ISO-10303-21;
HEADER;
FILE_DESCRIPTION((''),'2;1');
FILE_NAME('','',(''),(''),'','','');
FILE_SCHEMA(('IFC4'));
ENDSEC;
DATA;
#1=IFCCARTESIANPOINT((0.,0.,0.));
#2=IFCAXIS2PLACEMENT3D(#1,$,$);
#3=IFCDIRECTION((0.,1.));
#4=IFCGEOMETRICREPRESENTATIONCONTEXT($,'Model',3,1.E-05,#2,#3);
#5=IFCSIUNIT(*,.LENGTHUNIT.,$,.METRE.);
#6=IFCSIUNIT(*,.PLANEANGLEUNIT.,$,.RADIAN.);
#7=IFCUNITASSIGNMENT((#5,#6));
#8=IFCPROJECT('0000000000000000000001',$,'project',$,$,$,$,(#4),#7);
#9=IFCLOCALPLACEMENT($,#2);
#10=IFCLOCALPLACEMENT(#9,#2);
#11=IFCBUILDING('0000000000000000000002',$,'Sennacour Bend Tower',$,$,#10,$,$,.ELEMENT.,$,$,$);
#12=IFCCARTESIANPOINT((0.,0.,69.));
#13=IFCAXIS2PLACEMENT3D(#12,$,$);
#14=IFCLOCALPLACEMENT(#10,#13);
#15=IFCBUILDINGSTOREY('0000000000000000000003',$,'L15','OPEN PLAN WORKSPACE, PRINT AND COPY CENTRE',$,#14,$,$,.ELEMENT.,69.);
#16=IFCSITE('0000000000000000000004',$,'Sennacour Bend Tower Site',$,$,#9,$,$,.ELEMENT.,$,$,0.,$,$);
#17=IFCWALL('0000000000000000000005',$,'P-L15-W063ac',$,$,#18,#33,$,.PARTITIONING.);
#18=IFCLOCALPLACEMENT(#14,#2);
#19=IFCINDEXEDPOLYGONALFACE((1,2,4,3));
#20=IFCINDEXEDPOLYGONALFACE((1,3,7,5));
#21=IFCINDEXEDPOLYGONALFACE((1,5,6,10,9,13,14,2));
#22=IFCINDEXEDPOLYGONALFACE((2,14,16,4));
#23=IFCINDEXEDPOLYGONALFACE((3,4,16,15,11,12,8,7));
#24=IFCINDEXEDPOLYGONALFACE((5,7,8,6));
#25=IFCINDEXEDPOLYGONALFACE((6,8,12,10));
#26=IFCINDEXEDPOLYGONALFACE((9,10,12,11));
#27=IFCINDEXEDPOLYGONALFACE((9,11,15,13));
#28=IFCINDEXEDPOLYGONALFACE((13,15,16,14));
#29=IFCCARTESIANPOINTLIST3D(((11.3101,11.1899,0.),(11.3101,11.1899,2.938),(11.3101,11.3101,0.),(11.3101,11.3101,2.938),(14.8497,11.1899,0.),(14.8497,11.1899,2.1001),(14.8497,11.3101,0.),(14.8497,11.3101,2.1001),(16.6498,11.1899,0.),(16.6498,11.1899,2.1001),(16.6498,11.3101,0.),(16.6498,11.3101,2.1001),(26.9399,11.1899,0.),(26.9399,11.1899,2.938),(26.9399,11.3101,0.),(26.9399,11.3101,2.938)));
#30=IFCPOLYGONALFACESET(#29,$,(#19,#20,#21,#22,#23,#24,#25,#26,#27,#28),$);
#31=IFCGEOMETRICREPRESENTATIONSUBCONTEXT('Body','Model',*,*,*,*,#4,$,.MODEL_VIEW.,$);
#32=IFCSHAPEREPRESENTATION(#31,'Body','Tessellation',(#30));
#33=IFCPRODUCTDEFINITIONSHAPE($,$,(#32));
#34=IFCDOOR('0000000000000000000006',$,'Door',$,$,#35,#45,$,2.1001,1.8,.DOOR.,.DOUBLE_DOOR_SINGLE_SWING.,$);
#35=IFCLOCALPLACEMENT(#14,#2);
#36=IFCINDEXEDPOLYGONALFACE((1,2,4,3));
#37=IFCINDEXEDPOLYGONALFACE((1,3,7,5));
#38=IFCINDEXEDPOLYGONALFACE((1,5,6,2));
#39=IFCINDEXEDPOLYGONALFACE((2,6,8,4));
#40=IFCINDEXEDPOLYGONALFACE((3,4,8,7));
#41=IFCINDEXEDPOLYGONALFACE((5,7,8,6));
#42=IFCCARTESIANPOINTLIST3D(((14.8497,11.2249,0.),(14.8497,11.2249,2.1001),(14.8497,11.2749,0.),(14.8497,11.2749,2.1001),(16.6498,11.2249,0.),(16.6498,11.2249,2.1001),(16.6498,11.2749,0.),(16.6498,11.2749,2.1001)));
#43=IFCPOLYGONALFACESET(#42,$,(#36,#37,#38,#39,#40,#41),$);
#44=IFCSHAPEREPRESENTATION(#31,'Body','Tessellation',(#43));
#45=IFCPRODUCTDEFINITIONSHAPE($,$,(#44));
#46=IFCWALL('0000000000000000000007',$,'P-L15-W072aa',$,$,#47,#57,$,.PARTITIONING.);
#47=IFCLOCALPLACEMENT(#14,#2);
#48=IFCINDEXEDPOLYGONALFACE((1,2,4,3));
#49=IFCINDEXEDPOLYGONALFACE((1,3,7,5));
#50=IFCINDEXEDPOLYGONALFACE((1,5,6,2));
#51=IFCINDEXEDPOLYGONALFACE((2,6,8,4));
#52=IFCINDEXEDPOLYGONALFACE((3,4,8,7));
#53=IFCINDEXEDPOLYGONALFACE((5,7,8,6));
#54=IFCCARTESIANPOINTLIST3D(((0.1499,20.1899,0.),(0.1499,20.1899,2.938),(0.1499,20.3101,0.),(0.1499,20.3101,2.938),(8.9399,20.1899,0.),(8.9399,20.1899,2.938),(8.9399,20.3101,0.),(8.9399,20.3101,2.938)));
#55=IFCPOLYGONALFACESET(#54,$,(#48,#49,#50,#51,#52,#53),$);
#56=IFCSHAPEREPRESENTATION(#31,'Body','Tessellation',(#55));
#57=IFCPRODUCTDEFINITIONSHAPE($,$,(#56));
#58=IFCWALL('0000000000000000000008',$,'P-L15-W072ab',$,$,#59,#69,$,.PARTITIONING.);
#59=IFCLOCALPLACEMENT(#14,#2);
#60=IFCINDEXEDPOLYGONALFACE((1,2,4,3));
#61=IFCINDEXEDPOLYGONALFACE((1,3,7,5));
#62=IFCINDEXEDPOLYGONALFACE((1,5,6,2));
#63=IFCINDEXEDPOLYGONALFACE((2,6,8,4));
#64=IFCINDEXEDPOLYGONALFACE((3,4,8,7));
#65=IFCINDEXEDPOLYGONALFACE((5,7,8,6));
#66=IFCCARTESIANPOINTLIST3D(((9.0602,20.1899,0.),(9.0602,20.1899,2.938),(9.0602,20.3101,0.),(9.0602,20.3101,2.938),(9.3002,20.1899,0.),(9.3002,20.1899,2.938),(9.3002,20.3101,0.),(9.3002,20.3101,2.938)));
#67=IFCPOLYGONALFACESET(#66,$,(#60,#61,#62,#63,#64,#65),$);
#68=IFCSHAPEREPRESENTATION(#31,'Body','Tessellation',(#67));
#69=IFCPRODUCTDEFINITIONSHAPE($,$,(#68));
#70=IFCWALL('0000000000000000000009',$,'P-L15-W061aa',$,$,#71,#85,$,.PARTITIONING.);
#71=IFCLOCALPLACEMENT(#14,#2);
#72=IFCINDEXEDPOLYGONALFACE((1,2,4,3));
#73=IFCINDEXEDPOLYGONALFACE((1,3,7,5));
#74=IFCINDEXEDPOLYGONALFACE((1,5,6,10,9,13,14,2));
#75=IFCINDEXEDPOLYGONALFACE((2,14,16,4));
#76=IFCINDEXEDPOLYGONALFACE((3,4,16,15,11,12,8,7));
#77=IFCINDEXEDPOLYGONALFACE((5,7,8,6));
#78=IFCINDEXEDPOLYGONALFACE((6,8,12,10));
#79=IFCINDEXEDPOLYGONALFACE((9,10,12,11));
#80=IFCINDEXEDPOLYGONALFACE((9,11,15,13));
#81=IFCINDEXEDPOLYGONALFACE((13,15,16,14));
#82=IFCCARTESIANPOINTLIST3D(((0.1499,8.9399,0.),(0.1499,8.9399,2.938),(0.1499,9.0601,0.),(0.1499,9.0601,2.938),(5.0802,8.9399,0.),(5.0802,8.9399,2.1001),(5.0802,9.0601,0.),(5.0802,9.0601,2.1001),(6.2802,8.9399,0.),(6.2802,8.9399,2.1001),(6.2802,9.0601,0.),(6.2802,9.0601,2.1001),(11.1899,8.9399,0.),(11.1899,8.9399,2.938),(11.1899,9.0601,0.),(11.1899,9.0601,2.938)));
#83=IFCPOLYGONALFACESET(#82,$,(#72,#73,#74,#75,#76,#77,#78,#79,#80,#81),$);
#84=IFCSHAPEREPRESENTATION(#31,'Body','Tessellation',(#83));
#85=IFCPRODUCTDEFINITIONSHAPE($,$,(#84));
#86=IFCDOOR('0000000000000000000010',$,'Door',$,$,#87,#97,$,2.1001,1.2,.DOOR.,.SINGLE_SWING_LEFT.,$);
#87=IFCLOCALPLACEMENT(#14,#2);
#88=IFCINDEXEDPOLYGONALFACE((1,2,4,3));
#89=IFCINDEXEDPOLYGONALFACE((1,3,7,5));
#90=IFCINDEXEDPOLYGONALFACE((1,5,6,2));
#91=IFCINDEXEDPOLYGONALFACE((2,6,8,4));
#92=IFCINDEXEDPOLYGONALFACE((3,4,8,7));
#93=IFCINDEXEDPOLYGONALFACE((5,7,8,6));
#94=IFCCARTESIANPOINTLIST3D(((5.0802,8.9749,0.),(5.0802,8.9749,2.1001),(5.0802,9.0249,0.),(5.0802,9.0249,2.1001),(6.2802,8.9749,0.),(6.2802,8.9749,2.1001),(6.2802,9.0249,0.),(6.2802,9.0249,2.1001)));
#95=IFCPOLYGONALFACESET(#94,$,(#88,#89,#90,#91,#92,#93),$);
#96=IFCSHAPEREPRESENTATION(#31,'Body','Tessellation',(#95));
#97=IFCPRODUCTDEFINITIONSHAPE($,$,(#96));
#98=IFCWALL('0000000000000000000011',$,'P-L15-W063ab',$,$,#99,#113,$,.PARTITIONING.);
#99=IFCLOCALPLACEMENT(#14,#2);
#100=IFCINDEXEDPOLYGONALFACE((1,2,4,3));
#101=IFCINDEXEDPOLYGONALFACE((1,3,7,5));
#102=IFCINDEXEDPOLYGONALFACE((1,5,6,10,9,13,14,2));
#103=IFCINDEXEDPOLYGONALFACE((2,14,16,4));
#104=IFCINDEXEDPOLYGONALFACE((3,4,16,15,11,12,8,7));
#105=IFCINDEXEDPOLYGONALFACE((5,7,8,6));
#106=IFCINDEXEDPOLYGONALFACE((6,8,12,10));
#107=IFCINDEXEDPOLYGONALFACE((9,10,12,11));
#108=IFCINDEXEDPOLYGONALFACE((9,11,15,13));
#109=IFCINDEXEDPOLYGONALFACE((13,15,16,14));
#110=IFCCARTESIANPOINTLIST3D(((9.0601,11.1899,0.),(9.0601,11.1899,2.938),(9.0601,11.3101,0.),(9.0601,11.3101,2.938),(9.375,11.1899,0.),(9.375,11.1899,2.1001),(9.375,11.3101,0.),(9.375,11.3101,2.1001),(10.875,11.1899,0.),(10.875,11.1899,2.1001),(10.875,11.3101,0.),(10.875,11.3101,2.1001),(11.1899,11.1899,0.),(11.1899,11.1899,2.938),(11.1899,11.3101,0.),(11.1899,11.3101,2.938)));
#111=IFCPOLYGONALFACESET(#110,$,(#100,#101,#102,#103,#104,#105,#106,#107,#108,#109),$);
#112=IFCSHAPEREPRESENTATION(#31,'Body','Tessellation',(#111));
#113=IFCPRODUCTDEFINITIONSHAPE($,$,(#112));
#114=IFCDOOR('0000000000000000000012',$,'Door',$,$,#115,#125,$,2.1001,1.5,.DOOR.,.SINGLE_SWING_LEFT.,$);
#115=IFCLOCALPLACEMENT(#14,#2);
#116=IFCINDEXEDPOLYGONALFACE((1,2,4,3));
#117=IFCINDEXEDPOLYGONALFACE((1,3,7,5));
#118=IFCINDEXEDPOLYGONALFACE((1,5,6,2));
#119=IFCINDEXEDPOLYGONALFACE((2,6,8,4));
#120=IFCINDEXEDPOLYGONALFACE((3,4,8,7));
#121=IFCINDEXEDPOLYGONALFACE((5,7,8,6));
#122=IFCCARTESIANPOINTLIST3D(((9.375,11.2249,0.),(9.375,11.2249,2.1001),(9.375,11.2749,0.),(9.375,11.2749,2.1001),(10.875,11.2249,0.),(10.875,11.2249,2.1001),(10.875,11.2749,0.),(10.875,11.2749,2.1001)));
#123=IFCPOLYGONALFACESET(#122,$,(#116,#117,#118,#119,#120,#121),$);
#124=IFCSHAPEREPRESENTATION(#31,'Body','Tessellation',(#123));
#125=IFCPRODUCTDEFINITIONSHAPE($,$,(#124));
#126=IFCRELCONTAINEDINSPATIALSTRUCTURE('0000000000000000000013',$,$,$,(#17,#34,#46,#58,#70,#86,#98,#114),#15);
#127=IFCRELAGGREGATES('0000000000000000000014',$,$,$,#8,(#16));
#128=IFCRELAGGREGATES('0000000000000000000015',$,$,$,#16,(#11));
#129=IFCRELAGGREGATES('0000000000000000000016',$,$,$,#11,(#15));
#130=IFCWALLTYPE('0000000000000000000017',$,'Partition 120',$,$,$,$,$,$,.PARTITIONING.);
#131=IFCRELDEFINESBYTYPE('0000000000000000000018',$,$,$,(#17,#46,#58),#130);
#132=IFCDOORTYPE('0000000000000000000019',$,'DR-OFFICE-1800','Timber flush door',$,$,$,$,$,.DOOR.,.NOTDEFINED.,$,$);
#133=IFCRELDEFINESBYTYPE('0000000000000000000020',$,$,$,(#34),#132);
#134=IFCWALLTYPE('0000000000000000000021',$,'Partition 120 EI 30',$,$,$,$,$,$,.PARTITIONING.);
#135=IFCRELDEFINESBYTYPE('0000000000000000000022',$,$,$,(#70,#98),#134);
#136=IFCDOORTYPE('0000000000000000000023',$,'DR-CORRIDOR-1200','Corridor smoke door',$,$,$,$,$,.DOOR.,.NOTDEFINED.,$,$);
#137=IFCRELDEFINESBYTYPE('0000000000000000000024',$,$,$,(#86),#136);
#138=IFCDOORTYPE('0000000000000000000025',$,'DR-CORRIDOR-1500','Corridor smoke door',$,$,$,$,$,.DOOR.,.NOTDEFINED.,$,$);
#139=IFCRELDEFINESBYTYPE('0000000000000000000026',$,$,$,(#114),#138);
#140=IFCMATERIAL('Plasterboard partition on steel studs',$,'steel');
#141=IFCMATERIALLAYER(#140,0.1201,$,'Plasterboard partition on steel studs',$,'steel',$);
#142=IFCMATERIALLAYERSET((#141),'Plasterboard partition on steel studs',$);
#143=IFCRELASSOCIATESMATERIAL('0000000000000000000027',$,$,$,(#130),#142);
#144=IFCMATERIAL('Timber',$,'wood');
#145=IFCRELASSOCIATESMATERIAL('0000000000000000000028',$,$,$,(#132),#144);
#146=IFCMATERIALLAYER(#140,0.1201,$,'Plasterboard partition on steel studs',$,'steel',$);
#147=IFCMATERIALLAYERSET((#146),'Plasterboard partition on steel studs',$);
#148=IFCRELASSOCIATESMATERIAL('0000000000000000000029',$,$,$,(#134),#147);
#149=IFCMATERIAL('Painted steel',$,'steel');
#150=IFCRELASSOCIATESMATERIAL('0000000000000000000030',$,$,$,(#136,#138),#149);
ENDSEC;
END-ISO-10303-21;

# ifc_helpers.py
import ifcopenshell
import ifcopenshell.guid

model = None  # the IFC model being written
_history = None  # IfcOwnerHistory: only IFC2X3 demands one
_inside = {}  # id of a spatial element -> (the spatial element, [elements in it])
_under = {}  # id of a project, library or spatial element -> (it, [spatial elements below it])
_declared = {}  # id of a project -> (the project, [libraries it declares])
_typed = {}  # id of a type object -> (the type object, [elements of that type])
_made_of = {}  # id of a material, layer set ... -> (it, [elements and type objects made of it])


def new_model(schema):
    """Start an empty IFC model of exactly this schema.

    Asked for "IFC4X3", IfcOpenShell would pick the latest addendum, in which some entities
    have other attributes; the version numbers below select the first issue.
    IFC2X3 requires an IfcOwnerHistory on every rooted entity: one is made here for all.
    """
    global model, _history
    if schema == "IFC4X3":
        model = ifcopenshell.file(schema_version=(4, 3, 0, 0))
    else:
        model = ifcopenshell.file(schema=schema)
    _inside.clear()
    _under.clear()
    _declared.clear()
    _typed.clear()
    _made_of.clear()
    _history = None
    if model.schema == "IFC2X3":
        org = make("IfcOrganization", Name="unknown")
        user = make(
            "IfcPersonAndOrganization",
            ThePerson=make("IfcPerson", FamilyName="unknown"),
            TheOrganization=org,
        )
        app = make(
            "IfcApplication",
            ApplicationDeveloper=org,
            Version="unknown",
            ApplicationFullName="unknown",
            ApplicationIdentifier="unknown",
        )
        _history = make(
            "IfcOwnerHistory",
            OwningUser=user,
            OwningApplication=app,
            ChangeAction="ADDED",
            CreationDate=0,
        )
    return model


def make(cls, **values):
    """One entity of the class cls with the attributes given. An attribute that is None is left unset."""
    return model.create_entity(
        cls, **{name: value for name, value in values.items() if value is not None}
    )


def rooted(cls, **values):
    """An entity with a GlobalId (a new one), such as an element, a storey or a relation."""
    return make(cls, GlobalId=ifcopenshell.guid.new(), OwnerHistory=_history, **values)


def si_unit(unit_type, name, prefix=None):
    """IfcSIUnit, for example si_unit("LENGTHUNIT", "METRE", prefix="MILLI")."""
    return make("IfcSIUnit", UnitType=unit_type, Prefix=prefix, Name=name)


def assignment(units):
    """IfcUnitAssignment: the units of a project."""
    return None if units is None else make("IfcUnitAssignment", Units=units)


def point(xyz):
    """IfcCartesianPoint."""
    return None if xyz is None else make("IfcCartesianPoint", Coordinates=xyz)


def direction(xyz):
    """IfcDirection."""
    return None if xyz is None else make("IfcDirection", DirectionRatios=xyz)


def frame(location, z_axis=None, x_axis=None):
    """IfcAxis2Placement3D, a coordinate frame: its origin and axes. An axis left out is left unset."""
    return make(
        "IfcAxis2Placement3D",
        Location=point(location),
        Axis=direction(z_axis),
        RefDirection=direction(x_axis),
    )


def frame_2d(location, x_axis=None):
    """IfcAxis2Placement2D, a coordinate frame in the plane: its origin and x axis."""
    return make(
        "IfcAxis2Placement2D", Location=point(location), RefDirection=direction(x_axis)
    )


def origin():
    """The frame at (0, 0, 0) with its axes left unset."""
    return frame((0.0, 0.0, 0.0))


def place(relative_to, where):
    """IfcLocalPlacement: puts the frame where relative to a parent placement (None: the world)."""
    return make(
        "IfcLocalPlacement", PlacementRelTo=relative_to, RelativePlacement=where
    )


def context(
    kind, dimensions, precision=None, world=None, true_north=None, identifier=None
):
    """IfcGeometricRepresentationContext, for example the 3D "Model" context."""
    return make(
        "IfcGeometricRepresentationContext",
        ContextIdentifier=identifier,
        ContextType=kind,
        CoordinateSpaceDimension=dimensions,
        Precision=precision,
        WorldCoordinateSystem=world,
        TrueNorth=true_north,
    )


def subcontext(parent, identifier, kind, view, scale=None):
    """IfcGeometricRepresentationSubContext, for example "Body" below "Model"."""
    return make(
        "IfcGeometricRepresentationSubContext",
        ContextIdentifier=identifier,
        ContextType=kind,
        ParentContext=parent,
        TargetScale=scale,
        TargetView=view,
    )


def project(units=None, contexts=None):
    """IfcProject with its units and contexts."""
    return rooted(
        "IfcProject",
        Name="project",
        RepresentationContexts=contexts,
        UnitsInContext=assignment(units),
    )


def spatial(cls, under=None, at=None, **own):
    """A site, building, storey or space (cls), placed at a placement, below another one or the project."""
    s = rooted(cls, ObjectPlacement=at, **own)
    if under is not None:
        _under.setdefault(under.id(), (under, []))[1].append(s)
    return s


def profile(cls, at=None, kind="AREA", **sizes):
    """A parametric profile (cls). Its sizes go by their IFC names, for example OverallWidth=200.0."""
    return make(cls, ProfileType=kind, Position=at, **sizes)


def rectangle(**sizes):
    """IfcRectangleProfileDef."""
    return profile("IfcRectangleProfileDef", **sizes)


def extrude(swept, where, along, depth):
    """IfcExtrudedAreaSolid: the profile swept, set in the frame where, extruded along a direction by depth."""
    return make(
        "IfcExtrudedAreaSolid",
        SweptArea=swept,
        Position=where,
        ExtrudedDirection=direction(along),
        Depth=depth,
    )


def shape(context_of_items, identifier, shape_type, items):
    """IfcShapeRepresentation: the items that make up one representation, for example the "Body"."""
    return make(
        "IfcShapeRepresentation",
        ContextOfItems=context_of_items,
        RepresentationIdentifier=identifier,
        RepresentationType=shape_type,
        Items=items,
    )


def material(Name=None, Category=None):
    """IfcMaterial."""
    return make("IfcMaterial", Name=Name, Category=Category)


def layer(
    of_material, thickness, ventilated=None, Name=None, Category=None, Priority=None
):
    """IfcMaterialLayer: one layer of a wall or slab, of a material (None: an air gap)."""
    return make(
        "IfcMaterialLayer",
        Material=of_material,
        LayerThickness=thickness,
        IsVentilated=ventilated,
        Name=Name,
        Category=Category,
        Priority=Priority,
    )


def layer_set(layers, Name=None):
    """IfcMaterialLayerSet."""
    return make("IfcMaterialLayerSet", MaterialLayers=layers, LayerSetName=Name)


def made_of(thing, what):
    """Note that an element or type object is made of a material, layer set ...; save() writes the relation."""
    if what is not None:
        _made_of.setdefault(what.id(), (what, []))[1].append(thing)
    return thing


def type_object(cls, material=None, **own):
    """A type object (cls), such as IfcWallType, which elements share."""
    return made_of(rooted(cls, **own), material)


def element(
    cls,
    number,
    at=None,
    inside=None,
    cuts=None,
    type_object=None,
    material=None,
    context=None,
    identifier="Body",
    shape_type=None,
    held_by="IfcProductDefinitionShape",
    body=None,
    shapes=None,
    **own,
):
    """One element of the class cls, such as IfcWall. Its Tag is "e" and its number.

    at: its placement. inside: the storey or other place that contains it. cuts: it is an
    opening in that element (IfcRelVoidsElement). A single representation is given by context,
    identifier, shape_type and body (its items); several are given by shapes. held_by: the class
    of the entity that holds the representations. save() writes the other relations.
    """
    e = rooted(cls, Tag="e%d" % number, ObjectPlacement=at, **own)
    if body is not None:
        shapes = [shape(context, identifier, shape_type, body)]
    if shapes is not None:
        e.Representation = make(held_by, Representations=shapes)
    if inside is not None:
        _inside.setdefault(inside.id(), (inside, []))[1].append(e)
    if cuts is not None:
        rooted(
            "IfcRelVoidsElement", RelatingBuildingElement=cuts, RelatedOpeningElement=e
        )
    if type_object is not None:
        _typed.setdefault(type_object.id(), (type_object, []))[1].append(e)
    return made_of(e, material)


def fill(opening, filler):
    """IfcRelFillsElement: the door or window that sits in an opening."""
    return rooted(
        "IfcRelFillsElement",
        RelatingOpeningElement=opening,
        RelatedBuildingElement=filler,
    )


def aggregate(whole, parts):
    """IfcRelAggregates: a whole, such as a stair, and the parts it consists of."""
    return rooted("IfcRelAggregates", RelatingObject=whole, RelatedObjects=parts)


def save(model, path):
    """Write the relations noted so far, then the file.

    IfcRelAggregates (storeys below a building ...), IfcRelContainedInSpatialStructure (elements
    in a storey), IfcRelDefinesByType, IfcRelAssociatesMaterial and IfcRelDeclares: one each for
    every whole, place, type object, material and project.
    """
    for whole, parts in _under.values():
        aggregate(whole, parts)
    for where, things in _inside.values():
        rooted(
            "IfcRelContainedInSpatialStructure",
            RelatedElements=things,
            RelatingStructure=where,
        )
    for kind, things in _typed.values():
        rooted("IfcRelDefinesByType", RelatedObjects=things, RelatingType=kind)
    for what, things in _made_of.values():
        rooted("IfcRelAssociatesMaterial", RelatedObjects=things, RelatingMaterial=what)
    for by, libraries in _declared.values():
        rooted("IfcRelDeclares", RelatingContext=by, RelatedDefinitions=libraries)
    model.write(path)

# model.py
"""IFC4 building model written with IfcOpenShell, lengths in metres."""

from ifc_helpers import new_model, si_unit, direction, frame, frame_2d, origin, place, context, subcontext, project, spatial, rectangle, extrude, material, layer, layer_set, type_object, element, fill, save


model = new_model("IFC4")

# Units and contexts
model_context = context("Model", 3, precision=1e-05, world=origin(), true_north=direction((0.0, 1.0)))
body_context = subcontext(model_context, "Body", "Model", "MODEL_VIEW")
ifc_project = project(units=[si_unit("LENGTHUNIT", "METRE"), si_unit("PLANEANGLEUNIT", "RADIAN")], contexts=[model_context])

# Site, building, storey
site_placement = place(None, origin())
site = spatial("IfcSite", under=ifc_project, at=site_placement, Name="Sennacour Bend Tower Site", CompositionType="ELEMENT", RefElevation=0.0)
building_placement = place(site_placement, origin())
building = spatial("IfcBuilding", under=site, at=building_placement, Name="Sennacour Bend Tower", CompositionType="ELEMENT")
storey_placement = place(building_placement, frame((0.0, 0.0, 69.0)))
storey = spatial("IfcBuildingStorey", under=building, at=storey_placement, Name="L15", Description="OPEN PLAN WORKSPACE, PRINT AND COPY CENTRE", CompositionType="ELEMENT", Elevation=69.0)

# Shared definitions
ifc_material_1 = material(Name="Plasterboard partition on steel studs", Category="steel")
ifc_layer_1 = layer(ifc_material_1, 0.1201, Name="Plasterboard partition on steel studs", Category="steel")
ifc_layer_set_1 = layer_set([ifc_layer_1], Name="Plasterboard partition on steel studs")
wall_type_1 = type_object("IfcWallType", Name="Partition 120", PredefinedType="PARTITIONING", material=ifc_layer_set_1)
ifc_material_2 = material(Name="Timber", Category="wood")
door_type_1 = type_object("IfcDoorType", Name="DR-OFFICE-1800", Description="Timber flush door", OperationType="NOTDEFINED", PredefinedType="DOOR", material=ifc_material_2)

# Wall, opening, door
wall_1_placement = place(storey_placement, frame((11.3101, 11.25, 0.0), z_axis=(0.0, 0.0, 1.0), x_axis=(1.0, 0.0, 0.0)))
wall_1 = element("IfcWall", 1, at=wall_1_placement, inside=storey, type_object=wall_type_1, Name="P-L15-W063ac", PredefinedType="PARTITIONING", context=body_context, shape_type="SweptSolid", body=[
    extrude(rectangle(XDim=15.6299, YDim=0.1201, at=frame_2d((7.8149, 0.0))), origin(), (0.0, 0.0, 1.0), 2.938),
])
opening_1_placement = place(wall_1_placement, frame((3.5398, 0.0, 0.0)))
opening_1 = element("IfcOpeningElement", 2, at=opening_1_placement, cuts=wall_1, PredefinedType="OPENING", context=body_context, shape_type="SweptSolid", body=[
    extrude(rectangle(XDim=1.8, YDim=2.1001, at=frame_2d((0.8999, 1.05))), frame((0.0, 0.0701, 0.0), z_axis=(0.0, -1.0, 0.0), x_axis=(1.0, 0.0, 0.0)), (0.0, 0.0, 1.0), 0.1401),
])
door_1_placement = place(opening_1_placement, origin())
door_1 = element("IfcDoor", 3, at=door_1_placement, inside=storey, type_object=door_type_1, Name="Door", OperationType="DOUBLE_DOOR_SINGLE_SWING", OverallHeight=2.1001, OverallWidth=1.8, PredefinedType="DOOR", context=body_context, shape_type="SweptSolid", body=[
    extrude(rectangle(XDim=1.8, YDim=2.1001, at=frame_2d((0.8999, 1.05))), frame((0.0, 0.0249, 0.0), z_axis=(0.0, -1.0, 0.0), x_axis=(1.0, 0.0, 0.0)), (0.0, 0.0, 1.0), 0.05),
])
fill(opening_1, door_1)

# Walls
wall_2_placement = place(storey_placement, frame((0.1499, 20.25, 0.0), z_axis=(0.0, 0.0, 1.0), x_axis=(1.0, 0.0, 0.0)))
element("IfcWall", 4, at=wall_2_placement, inside=storey, type_object=wall_type_1, Name="P-L15-W072aa", PredefinedType="PARTITIONING", context=body_context, shape_type="SweptSolid", body=[
    extrude(rectangle(XDim=8.79, YDim=0.1201, at=frame_2d((4.395, 0.0))), origin(), (0.0, 0.0, 1.0), 2.938),
])
wall_3_placement = place(storey_placement, frame((9.0601, 20.25, 0.0), z_axis=(0.0, 0.0, 1.0), x_axis=(1.0, 0.0, 0.0)))
element("IfcWall", 5, at=wall_3_placement, inside=storey, type_object=wall_type_1, Name="P-L15-W072ab", PredefinedType="PARTITIONING", context=body_context, shape_type="SweptSolid", body=[
    extrude(rectangle(XDim=0.24, YDim=0.1201, at=frame_2d((0.1201, 0.0))), origin(), (0.0, 0.0, 1.0), 2.938),
])

# Walls, openings, doors
ifc_layer_2 = layer(ifc_material_1, 0.1201, Name="Plasterboard partition on steel studs", Category="steel")
ifc_layer_set_2 = layer_set([ifc_layer_2], Name="Plasterboard partition on steel studs")
wall_type_2 = type_object("IfcWallType", Name="Partition 120 EI 30", PredefinedType="PARTITIONING", material=ifc_layer_set_2)
wall_4_placement = place(storey_placement, frame((0.1499, 9.0, 0.0), z_axis=(0.0, 0.0, 1.0), x_axis=(1.0, 0.0, 0.0)))
wall_4 = element("IfcWall", 6, at=wall_4_placement, inside=storey, type_object=wall_type_2, Name="P-L15-W061aa", PredefinedType="PARTITIONING", context=body_context, shape_type="SweptSolid", body=[
    extrude(rectangle(XDim=11.04, YDim=0.1201, at=frame_2d((5.52, 0.0))), origin(), (0.0, 0.0, 1.0), 2.938),
])
opening_2_placement = place(wall_4_placement, frame((4.9302, 0.0, 0.0)))
opening_2 = element("IfcOpeningElement", 7, at=opening_2_placement, cuts=wall_4, PredefinedType="OPENING", context=body_context, shape_type="SweptSolid", body=[
    extrude(rectangle(XDim=1.2, YDim=2.1001, at=frame_2d((0.6001, 1.05))), frame((0.0, 0.0701, 0.0), z_axis=(0.0, -1.0, 0.0), x_axis=(1.0, 0.0, 0.0)), (0.0, 0.0, 1.0), 0.1401),
])
ifc_material_3 = material(Name="Painted steel", Category="steel")
door_type_2 = type_object("IfcDoorType", Name="DR-CORRIDOR-1200", Description="Corridor smoke door", OperationType="NOTDEFINED", PredefinedType="DOOR", material=ifc_material_3)
door_2_placement = place(opening_2_placement, origin())
door_2 = element("IfcDoor", 8, at=door_2_placement, inside=storey, type_object=door_type_2, Name="Door", OperationType="SINGLE_SWING_LEFT", OverallHeight=2.1001, OverallWidth=1.2, PredefinedType="DOOR", context=body_context, shape_type="SweptSolid", body=[
    extrude(rectangle(XDim=1.2, YDim=2.1001, at=frame_2d((0.6001, 1.05))), frame((0.0, 0.0249, 0.0), z_axis=(0.0, -1.0, 0.0), x_axis=(1.0, 0.0, 0.0)), (0.0, 0.0, 1.0), 0.05),
])
fill(opening_2, door_2)
wall_5_placement = place(storey_placement, frame((9.0601, 11.25, 0.0), z_axis=(0.0, 0.0, 1.0), x_axis=(1.0, 0.0, 0.0)))
wall_5 = element("IfcWall", 9, at=wall_5_placement, inside=storey, type_object=wall_type_2, Name="P-L15-W063ab", PredefinedType="PARTITIONING", context=body_context, shape_type="SweptSolid", body=[
    extrude(rectangle(XDim=2.1299, YDim=0.1201, at=frame_2d((1.0649, 0.0))), origin(), (0.0, 0.0, 1.0), 2.938),
])
opening_3_placement = place(wall_5_placement, frame((0.3149, 0.0, 0.0)))
opening_3 = element("IfcOpeningElement", 10, at=opening_3_placement, cuts=wall_5, PredefinedType="OPENING", context=body_context, shape_type="SweptSolid", body=[
    extrude(rectangle(XDim=1.5, YDim=2.1001, at=frame_2d((0.75, 1.05))), frame((0.0, 0.0701, 0.0), z_axis=(0.0, -1.0, 0.0), x_axis=(1.0, 0.0, 0.0)), (0.0, 0.0, 1.0), 0.1401),
])
door_type_3 = type_object("IfcDoorType", Name="DR-CORRIDOR-1500", Description="Corridor smoke door", OperationType="NOTDEFINED", PredefinedType="DOOR", material=ifc_material_3)
door_3_placement = place(opening_3_placement, origin())
door_3 = element("IfcDoor", 11, at=door_3_placement, inside=storey, type_object=door_type_3, Name="Door", OperationType="SINGLE_SWING_LEFT", OverallHeight=2.1001, OverallWidth=1.5, PredefinedType="DOOR", context=body_context, shape_type="SweptSolid", body=[
    extrude(rectangle(XDim=1.5, YDim=2.1001, at=frame_2d((0.75, 1.05))), frame((0.0, 0.0249, 0.0), z_axis=(0.0, -1.0, 0.0), x_axis=(1.0, 0.0, 0.0)), (0.0, 0.0, 1.0), 0.05),
])
fill(opening_3, door_3)

save(model, "model.ifc")
